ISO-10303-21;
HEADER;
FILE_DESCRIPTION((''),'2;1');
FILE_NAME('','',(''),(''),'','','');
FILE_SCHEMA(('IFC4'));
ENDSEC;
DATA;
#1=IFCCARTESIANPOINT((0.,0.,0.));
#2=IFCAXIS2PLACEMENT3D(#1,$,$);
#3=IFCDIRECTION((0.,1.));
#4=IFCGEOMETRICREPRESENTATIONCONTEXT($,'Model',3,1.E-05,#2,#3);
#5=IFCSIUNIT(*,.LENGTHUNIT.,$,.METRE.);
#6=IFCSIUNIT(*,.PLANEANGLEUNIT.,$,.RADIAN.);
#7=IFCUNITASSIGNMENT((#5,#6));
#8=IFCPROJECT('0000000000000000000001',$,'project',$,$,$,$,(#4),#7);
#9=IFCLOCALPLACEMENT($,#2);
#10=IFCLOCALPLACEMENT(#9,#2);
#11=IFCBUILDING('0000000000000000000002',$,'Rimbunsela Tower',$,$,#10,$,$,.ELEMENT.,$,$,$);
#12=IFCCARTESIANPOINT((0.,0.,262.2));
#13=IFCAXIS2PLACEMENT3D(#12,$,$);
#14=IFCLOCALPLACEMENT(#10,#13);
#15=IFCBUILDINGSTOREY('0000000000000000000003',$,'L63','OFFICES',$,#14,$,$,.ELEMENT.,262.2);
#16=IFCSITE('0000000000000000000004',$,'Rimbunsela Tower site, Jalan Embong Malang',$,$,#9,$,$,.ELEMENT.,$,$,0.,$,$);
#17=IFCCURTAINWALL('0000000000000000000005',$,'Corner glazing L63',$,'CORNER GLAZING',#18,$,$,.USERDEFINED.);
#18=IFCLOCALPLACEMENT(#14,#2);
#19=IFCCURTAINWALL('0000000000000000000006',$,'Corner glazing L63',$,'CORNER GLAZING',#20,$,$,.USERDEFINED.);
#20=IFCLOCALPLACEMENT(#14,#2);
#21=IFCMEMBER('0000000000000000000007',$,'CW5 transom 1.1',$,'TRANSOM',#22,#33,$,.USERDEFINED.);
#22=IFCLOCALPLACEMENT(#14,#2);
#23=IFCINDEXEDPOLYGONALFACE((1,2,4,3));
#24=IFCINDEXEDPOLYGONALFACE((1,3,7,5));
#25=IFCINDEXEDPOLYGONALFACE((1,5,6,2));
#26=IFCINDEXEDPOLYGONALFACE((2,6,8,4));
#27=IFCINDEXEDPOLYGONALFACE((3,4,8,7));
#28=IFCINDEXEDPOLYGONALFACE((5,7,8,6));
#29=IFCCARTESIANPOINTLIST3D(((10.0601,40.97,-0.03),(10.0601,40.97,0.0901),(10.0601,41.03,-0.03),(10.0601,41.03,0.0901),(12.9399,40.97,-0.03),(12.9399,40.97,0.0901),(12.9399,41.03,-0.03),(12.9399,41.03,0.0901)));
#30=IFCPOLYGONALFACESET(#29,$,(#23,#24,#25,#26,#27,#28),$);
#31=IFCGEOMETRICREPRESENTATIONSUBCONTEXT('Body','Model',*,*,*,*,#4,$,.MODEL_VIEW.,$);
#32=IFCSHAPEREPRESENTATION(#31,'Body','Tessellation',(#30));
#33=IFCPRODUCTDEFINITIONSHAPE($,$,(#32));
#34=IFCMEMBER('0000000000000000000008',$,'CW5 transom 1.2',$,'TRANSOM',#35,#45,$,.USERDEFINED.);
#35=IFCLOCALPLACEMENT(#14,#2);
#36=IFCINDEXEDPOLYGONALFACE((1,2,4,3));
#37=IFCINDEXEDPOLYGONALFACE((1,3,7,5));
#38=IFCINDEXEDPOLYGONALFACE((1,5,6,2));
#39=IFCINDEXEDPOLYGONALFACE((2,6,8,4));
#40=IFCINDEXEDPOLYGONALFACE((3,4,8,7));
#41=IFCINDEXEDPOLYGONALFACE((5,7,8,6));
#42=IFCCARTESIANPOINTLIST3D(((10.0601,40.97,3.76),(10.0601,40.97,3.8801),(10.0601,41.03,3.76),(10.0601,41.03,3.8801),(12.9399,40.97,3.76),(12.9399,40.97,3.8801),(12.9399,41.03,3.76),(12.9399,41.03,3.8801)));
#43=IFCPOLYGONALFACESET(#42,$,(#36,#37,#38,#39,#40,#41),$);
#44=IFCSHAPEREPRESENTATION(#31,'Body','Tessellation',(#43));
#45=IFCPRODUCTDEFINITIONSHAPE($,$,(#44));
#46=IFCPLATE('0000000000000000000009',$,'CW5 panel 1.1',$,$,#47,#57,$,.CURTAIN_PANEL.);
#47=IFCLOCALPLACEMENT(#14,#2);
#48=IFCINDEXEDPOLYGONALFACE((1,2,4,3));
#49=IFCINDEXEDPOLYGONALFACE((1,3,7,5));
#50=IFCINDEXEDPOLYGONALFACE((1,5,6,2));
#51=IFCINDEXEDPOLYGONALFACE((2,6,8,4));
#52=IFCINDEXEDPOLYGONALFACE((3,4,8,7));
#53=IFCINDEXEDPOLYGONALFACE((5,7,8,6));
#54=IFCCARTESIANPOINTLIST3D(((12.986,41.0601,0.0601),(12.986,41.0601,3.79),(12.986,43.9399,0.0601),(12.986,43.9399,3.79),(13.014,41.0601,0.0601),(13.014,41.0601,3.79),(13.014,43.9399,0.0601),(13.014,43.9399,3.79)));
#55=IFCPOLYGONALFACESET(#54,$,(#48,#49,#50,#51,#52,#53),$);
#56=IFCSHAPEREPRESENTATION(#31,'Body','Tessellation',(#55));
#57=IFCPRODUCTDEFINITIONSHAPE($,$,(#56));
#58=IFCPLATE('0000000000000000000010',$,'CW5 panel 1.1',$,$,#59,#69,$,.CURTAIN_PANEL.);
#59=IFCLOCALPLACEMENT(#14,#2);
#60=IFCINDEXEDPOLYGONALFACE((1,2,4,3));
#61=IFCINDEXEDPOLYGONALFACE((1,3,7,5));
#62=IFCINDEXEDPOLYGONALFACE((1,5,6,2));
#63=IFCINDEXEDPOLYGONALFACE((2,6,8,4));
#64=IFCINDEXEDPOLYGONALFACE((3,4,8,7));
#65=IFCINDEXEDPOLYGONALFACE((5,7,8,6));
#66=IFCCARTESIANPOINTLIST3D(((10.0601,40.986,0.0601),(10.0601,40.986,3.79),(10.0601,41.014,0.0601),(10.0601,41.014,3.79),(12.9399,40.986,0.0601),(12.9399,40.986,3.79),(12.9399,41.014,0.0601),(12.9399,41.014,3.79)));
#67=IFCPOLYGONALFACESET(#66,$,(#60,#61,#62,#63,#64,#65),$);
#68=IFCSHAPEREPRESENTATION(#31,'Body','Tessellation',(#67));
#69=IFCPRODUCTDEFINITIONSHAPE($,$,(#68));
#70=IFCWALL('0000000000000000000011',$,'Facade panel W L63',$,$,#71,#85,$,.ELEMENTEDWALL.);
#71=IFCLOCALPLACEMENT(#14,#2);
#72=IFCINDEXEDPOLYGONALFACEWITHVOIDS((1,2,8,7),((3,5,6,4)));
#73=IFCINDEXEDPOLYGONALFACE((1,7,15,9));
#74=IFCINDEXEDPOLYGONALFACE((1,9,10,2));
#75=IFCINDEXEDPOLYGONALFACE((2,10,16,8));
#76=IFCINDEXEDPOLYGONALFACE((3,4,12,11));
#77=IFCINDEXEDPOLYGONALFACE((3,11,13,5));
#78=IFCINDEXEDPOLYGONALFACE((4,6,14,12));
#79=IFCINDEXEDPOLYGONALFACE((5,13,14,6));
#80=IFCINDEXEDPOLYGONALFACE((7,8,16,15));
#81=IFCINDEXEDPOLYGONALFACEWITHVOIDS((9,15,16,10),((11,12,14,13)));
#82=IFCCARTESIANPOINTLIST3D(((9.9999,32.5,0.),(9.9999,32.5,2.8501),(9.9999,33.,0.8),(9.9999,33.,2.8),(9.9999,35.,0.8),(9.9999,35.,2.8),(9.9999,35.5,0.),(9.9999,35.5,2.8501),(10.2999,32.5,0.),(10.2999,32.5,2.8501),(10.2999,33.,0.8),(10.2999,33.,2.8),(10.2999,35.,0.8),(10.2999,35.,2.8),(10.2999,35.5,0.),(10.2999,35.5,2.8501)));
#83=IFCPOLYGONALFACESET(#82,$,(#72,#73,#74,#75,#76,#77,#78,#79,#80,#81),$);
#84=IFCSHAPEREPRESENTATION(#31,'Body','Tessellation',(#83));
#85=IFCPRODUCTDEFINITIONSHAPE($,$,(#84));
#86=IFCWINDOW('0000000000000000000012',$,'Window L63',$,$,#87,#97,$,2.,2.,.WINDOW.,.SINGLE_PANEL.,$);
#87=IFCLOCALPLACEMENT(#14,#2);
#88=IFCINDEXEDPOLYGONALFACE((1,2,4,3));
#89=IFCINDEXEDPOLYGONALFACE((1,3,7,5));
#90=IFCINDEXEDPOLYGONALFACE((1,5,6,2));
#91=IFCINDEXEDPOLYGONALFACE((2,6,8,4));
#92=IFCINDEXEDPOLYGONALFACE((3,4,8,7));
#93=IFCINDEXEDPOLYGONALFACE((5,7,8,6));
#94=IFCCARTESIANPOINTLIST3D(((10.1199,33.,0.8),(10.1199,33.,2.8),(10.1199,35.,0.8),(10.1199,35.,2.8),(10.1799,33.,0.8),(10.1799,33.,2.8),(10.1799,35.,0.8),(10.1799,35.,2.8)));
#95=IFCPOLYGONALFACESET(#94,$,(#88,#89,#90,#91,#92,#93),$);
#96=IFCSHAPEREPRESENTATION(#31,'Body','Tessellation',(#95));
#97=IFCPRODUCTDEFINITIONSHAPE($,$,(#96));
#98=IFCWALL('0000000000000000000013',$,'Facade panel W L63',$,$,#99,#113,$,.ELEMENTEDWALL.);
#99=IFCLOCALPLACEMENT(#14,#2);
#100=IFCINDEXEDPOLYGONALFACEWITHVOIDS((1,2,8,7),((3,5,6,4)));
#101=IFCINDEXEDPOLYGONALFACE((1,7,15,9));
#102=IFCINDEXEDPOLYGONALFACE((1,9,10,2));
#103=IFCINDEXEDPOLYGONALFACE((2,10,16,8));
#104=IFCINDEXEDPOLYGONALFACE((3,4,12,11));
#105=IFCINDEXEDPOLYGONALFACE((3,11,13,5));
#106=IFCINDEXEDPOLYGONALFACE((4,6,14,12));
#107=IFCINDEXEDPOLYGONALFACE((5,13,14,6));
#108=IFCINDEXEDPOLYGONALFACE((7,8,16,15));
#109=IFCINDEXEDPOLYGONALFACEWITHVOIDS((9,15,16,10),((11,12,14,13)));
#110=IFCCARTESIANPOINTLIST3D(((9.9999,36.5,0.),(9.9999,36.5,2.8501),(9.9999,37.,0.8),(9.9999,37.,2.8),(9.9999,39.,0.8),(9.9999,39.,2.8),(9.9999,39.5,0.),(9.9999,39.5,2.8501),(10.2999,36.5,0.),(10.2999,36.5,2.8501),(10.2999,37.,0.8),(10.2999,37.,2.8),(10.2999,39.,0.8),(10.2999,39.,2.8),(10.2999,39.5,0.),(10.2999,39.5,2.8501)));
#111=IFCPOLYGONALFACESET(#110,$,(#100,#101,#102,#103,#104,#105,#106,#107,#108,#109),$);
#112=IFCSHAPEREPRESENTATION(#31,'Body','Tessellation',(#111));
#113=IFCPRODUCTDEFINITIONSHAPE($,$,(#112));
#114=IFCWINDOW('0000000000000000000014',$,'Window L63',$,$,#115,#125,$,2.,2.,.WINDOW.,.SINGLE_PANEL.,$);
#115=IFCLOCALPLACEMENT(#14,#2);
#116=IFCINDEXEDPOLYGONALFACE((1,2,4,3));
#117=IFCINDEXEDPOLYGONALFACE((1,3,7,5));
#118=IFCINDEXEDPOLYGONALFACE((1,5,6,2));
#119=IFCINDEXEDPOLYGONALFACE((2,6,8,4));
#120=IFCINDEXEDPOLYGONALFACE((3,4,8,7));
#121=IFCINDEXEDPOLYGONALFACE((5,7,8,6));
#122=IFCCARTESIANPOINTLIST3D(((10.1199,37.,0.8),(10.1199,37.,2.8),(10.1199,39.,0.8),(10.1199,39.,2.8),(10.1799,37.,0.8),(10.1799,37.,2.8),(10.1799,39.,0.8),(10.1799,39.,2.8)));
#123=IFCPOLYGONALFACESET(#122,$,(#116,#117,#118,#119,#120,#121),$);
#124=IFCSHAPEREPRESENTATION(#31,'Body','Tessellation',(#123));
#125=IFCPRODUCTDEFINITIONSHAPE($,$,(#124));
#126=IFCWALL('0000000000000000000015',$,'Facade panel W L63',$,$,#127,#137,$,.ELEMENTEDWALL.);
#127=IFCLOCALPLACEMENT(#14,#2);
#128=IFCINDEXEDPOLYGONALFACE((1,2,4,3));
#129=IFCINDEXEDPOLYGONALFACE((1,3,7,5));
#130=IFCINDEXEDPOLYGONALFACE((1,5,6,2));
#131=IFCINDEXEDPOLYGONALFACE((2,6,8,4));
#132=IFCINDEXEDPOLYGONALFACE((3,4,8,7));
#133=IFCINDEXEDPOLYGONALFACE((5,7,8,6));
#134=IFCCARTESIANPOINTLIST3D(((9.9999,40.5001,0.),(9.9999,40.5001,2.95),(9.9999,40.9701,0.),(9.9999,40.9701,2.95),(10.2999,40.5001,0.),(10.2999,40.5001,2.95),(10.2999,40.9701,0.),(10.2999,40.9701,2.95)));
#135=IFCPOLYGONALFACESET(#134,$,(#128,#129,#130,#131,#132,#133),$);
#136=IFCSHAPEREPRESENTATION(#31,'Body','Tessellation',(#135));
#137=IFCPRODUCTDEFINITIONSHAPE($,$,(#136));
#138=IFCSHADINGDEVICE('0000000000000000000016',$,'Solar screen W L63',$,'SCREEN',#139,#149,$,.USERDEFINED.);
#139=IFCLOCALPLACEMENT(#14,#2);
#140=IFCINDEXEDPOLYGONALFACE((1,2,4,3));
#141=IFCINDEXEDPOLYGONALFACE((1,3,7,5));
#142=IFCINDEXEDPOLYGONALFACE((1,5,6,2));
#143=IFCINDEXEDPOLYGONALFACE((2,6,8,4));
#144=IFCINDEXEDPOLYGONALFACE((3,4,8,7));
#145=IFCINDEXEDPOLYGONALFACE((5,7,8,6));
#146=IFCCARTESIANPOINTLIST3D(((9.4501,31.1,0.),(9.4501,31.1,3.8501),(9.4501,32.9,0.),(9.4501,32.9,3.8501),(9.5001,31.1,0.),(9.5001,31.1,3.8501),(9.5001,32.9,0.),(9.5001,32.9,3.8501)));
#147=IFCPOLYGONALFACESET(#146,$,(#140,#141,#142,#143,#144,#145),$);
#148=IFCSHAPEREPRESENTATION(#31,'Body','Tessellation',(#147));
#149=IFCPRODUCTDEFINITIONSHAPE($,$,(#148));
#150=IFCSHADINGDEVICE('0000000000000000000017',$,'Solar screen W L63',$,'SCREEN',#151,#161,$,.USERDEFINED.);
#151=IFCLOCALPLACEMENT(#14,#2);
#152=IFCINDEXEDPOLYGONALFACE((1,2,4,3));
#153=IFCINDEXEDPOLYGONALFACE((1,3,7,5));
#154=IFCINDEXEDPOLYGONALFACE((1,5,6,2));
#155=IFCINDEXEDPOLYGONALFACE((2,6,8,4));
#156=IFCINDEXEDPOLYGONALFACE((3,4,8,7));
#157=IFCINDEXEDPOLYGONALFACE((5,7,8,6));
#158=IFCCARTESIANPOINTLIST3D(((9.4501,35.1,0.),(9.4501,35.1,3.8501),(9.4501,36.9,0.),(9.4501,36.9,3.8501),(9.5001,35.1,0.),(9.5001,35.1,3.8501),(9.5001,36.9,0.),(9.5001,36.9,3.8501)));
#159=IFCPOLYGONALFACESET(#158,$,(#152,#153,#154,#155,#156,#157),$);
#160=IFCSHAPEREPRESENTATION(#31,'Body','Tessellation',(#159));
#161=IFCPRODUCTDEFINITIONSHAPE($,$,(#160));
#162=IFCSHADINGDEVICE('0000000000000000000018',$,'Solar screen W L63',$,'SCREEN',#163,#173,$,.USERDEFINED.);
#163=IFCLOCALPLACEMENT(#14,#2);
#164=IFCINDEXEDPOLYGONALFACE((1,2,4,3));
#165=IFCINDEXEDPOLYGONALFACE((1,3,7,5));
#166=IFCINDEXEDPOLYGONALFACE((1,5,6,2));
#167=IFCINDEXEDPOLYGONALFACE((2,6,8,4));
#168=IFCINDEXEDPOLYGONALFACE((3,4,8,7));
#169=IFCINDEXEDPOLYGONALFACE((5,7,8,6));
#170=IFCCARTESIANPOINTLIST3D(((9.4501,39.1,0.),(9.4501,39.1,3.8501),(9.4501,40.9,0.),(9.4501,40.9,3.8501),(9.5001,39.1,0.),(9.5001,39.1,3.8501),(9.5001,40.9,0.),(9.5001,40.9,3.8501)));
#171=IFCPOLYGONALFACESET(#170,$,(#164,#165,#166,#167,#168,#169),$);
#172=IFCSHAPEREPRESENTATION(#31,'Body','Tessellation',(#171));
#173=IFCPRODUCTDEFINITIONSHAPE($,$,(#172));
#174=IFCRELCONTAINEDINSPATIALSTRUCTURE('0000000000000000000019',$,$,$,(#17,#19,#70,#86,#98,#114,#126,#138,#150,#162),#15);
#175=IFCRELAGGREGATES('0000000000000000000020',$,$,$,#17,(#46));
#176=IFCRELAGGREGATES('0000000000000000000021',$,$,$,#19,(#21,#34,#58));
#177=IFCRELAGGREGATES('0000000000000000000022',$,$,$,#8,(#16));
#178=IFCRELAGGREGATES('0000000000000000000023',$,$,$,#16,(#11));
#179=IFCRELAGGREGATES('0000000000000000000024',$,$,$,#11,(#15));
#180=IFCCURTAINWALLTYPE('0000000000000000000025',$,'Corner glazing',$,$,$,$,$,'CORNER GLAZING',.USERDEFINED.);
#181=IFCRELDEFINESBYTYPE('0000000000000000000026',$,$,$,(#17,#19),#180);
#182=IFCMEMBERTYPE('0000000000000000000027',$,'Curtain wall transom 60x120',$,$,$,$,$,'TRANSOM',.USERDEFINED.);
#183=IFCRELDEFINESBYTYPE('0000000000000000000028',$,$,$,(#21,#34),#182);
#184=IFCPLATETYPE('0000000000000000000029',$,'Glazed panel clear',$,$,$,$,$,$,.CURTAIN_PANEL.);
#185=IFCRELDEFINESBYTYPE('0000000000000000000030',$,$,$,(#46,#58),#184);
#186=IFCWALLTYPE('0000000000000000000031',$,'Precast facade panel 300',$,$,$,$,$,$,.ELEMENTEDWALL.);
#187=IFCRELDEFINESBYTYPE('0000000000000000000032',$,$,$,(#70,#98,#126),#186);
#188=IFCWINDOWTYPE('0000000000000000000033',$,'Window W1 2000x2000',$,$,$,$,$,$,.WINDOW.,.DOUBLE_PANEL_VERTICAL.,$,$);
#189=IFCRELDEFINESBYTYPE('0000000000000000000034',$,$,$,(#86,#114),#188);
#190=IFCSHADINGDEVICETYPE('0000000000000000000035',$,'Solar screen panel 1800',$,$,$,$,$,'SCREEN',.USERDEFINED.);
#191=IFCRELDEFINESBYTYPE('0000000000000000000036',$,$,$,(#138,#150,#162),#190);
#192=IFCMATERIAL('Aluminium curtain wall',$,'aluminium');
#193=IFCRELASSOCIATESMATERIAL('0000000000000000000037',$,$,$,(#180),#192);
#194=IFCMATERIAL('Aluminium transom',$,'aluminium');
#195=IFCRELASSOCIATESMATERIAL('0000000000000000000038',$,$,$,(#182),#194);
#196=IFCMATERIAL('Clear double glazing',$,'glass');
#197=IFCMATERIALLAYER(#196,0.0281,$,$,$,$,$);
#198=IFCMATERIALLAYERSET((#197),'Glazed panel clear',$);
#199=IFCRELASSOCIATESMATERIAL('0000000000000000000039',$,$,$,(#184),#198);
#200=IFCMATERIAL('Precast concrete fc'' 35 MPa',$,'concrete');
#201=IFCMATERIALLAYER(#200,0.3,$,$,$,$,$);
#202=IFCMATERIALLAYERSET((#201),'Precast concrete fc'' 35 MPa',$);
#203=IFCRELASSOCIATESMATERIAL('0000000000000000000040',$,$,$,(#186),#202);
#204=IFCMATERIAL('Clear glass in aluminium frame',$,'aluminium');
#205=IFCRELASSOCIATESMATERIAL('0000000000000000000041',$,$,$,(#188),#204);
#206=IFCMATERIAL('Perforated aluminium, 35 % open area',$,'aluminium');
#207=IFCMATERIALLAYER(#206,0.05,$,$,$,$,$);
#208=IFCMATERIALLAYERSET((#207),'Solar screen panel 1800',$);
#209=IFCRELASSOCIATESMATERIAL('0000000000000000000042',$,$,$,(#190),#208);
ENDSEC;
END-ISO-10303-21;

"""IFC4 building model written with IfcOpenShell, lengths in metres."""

from ifc_helpers import new_model, si_unit, direction, frame, frame_2d, origin, origin_2d, place, context, subcontext, project, spatial, rectangle, extrude, material, layer, layer_set, material_profile, profile_set, type_object, element, fill, aggregate, save


model = new_model("IFC4")

# Units and contexts
model_context = context("Model", 3, precision=1e-05, world=origin(), true_north=direction((0.0, 1.0)))
body_context = subcontext(model_context, "Body", "Model", "MODEL_VIEW")
ifc_project = project(units=[si_unit("LENGTHUNIT", "METRE"), si_unit("PLANEANGLEUNIT", "RADIAN")], contexts=[model_context])

# Site, building, storey
site_placement = place(None, origin())
site = spatial("IfcSite", under=ifc_project, at=site_placement, Name="Rimbunsela Tower site, Jalan Embong Malang", CompositionType="ELEMENT", RefElevation=0.0)
building_placement = place(site_placement, origin())
building = spatial("IfcBuilding", under=site, at=building_placement, Name="Rimbunsela Tower", CompositionType="ELEMENT")
storey_placement = place(building_placement, frame((0.0, 0.0, 262.2)))
storey = spatial("IfcBuildingStorey", under=building, at=storey_placement, Name="L63", Description="OFFICES", CompositionType="ELEMENT", Elevation=262.2)

# Curtain wall
ifc_material_1 = material(Name="Aluminium curtain wall", Category="aluminium")
curtain_wall_type = type_object("IfcCurtainWallType", Name="Corner glazing", ElementType="CORNER GLAZING", PredefinedType="USERDEFINED", material=ifc_material_1)
curtain_wall_1_placement = place(storey_placement, origin())
curtain_wall_1 = element("IfcCurtainWall", 1, at=curtain_wall_1_placement, inside=storey, type_object=curtain_wall_type, Name="Corner glazing L63", ObjectType="CORNER GLAZING", PredefinedType="USERDEFINED")

# Curtain wall
curtain_wall_2_placement = place(storey_placement, origin())
curtain_wall_2 = element("IfcCurtainWall", 2, at=curtain_wall_2_placement, inside=storey, type_object=curtain_wall_type, Name="Corner glazing L63", ObjectType="CORNER GLAZING", PredefinedType="USERDEFINED")

# Members
ifc_material_2 = material(Name="Aluminium transom", Category="aluminium")
ifc_material_profile_1 = material_profile(ifc_material_2, rectangle(XDim=0.0601, YDim=0.1201, at=origin_2d()), Name="Transom 60x120")
ifc_profile_set_1 = profile_set([ifc_material_profile_1], Name="Aluminium transom")
member_type_1 = type_object("IfcMemberType", Name="Curtain wall transom 60x120", ElementType="TRANSOM", PredefinedType="USERDEFINED", material=ifc_profile_set_1)
member_1_placement = place(storey_placement, frame((12.9399, 41.0, 0.03), z_axis=(-1.0, 0.0, 0.0), x_axis=(0.0, -1.0, 0.0)))
member_1 = element("IfcMember", 3, at=member_1_placement, type_object=member_type_1, Name="CW5 transom 1.1", ObjectType="TRANSOM", PredefinedType="USERDEFINED", context=body_context, shape_type="SweptSolid", body=[
    extrude(rectangle(XDim=0.0601, YDim=0.1201, at=origin_2d()), origin(), (0.0, 0.0, 1.0), 2.8799),
])
member_2_placement = place(storey_placement, frame((12.9399, 41.0, 3.8201), z_axis=(-1.0, 0.0, 0.0), x_axis=(0.0, -1.0, 0.0)))
member_2 = element("IfcMember", 4, at=member_2_placement, type_object=member_type_1, Name="CW5 transom 1.2", ObjectType="TRANSOM", PredefinedType="USERDEFINED", context=body_context, shape_type="SweptSolid", body=[
    extrude(rectangle(XDim=0.0601, YDim=0.1201, at=origin_2d()), origin(), (0.0, 0.0, 1.0), 2.8799),
])

# Plates
ifc_material_3 = material(Name="Clear double glazing", Category="glass")
ifc_layer_1 = layer(ifc_material_3, 0.0281)
ifc_layer_set_1 = layer_set([ifc_layer_1], Name="Glazed panel clear")
plate_type = type_object("IfcPlateType", Name="Glazed panel clear", PredefinedType="CURTAIN_PANEL", material=ifc_layer_set_1)
plate_1_placement = place(storey_placement, frame((13.0, 42.5, 0.0601), z_axis=(0.0, 0.0, 1.0), x_axis=(0.0, -1.0, 0.0)))
plate_1 = element("IfcPlate", 5, at=plate_1_placement, type_object=plate_type, Name="CW5 panel 1.1", PredefinedType="CURTAIN_PANEL", context=body_context, shape_type="SweptSolid", body=[
    extrude(rectangle(XDim=2.8799, YDim=0.0281, at=origin_2d()), origin(), (0.0, 0.0, 1.0), 3.73),
])
aggregate(curtain_wall_1, [plate_1])
plate_2_placement = place(storey_placement, frame((11.5, 41.0, 0.0601), z_axis=(0.0, 0.0, 1.0), x_axis=(-1.0, 0.0, 0.0)))
plate_2 = element("IfcPlate", 6, at=plate_2_placement, type_object=plate_type, Name="CW5 panel 1.1", PredefinedType="CURTAIN_PANEL", context=body_context, shape_type="SweptSolid", body=[
    extrude(rectangle(XDim=2.8799, YDim=0.0281, at=origin_2d()), origin(), (0.0, 0.0, 1.0), 3.73),
])
aggregate(curtain_wall_2, [member_1, member_2, plate_2])

# Walls, openings, windows
ifc_material_4 = material(Name="Precast concrete fc' 35 MPa", Category="concrete")
ifc_layer_2 = layer(ifc_material_4, 0.3)
ifc_layer_set_2 = layer_set([ifc_layer_2], Name="Precast concrete fc' 35 MPa")
wall_type = type_object("IfcWallType", Name="Precast facade panel 300", PredefinedType="ELEMENTEDWALL", material=ifc_layer_set_2)
wall_1_placement = place(storey_placement, frame((10.1499, 35.5, 0.0), z_axis=(0.0, 0.0, 1.0), x_axis=(0.0, -1.0, 0.0)))
wall_1 = element("IfcWall", 7, at=wall_1_placement, inside=storey, type_object=wall_type, Name="Facade panel W L63", PredefinedType="ELEMENTEDWALL", context=body_context, shape_type="SweptSolid", body=[
    extrude(rectangle(XDim=3.0, YDim=0.3, at=frame_2d((1.5, 0.0))), origin(), (0.0, 0.0, 1.0), 2.8501),
])
opening_1_placement = place(wall_1_placement, frame((0.5, 0.0, 0.8)))
opening_1 = element("IfcOpeningElement", 8, at=opening_1_placement, cuts=wall_1, PredefinedType="OPENING", context=body_context, shape_type="SweptSolid", body=[
    extrude(rectangle(XDim=2.0, YDim=2.0, at=frame_2d((1.0, 1.0))), frame((0.0, 0.1599, 0.0), z_axis=(0.0, -1.0, 0.0), x_axis=(1.0, 0.0, 0.0)), (0.0, 0.0, 1.0), 0.3201),
])
ifc_material_5 = material(Name="Clear glass in aluminium frame", Category="aluminium")
window_type = type_object("IfcWindowType", Name="Window W1 2000x2000", PartitioningType="DOUBLE_PANEL_VERTICAL", PredefinedType="WINDOW", material=ifc_material_5)
window_1_placement = place(opening_1_placement, origin())
window_1 = element("IfcWindow", 9, at=window_1_placement, inside=storey, type_object=window_type, Name="Window L63", OverallHeight=2.0, OverallWidth=2.0, PartitioningType="SINGLE_PANEL", PredefinedType="WINDOW", context=body_context, shape_type="SweptSolid", body=[
    extrude(rectangle(XDim=2.0, YDim=2.0, at=frame_2d((1.0, 1.0))), frame((0.0, 0.03, 0.0), z_axis=(0.0, -1.0, 0.0), x_axis=(1.0, 0.0, 0.0)), (0.0, 0.0, 1.0), 0.0601),
])
fill(opening_1, window_1)
wall_2_placement = place(storey_placement, frame((10.1499, 39.5, 0.0), z_axis=(0.0, 0.0, 1.0), x_axis=(0.0, -1.0, 0.0)))
wall_2 = element("IfcWall", 10, at=wall_2_placement, inside=storey, type_object=wall_type, Name="Facade panel W L63", PredefinedType="ELEMENTEDWALL", context=body_context, shape_type="SweptSolid", body=[
    extrude(rectangle(XDim=3.0, YDim=0.3, at=frame_2d((1.5, 0.0))), origin(), (0.0, 0.0, 1.0), 2.8501),
])
opening_2_placement = place(wall_2_placement, frame((0.5, 0.0, 0.8)))
opening_2 = element("IfcOpeningElement", 11, at=opening_2_placement, cuts=wall_2, PredefinedType="OPENING", context=body_context, shape_type="SweptSolid", body=[
    extrude(rectangle(XDim=2.0, YDim=2.0, at=frame_2d((1.0, 1.0))), frame((0.0, 0.1599, 0.0), z_axis=(0.0, -1.0, 0.0), x_axis=(1.0, 0.0, 0.0)), (0.0, 0.0, 1.0), 0.3201),
])
window_2_placement = place(opening_2_placement, origin())
window_2 = element("IfcWindow", 12, at=window_2_placement, inside=storey, type_object=window_type, Name="Window L63", OverallHeight=2.0, OverallWidth=2.0, PartitioningType="SINGLE_PANEL", PredefinedType="WINDOW", context=body_context, shape_type="SweptSolid", body=[
    extrude(rectangle(XDim=2.0, YDim=2.0, at=frame_2d((1.0, 1.0))), frame((0.0, 0.03, 0.0), z_axis=(0.0, -1.0, 0.0), x_axis=(1.0, 0.0, 0.0)), (0.0, 0.0, 1.0), 0.0601),
])
fill(opening_2, window_2)

# Wall
wall_3_placement = place(storey_placement, frame((10.1499, 40.97, 0.0), z_axis=(0.0, 0.0, 1.0), x_axis=(0.0, -1.0, 0.0)))
element("IfcWall", 13, at=wall_3_placement, inside=storey, type_object=wall_type, Name="Facade panel W L63", PredefinedType="ELEMENTEDWALL", context=body_context, shape_type="SweptSolid", body=[
    extrude(rectangle(XDim=0.47, YDim=0.3, at=frame_2d((0.2349, 0.0))), origin(), (0.0, 0.0, 1.0), 2.95),
])

# Shading devices
ifc_material_6 = material(Name="Perforated aluminium, 35 % open area", Category="aluminium")
ifc_layer_3 = layer(ifc_material_6, 0.05)
ifc_layer_set_3 = layer_set([ifc_layer_3], Name="Solar screen panel 1800")
shading_device_type = type_object("IfcShadingDeviceType", Name="Solar screen panel 1800", ElementType="SCREEN", PredefinedType="USERDEFINED", material=ifc_layer_set_3)
for number, where, z_axis, x_axis, name in (
    (14, (9.4751, 32.0, 0.0), (0.0, 0.0, 1.0), (0.0, 1.0, 0.0), "Solar screen W L63"),
    (15, (9.4751, 36.0, 0.0), (0.0, 0.0, 1.0), (0.0, 1.0, 0.0), "Solar screen W L63"),
    (16, (9.4751, 40.0, 0.0), (0.0, 0.0, 1.0), (0.0, 1.0, 0.0), "Solar screen W L63"),
):
    element("IfcShadingDevice", number, at=place(storey_placement, frame(where, z_axis=z_axis, x_axis=x_axis)), inside=storey, type_object=shading_device_type, Name=name, ObjectType="SCREEN", PredefinedType="USERDEFINED", context=body_context, shape_type="SweptSolid", body=[
        extrude(rectangle(XDim=1.8, YDim=0.05, at=origin_2d()), origin(), (0.0, 0.0, 1.0), 3.8501),
    ])

save(model, "model.ifc")
